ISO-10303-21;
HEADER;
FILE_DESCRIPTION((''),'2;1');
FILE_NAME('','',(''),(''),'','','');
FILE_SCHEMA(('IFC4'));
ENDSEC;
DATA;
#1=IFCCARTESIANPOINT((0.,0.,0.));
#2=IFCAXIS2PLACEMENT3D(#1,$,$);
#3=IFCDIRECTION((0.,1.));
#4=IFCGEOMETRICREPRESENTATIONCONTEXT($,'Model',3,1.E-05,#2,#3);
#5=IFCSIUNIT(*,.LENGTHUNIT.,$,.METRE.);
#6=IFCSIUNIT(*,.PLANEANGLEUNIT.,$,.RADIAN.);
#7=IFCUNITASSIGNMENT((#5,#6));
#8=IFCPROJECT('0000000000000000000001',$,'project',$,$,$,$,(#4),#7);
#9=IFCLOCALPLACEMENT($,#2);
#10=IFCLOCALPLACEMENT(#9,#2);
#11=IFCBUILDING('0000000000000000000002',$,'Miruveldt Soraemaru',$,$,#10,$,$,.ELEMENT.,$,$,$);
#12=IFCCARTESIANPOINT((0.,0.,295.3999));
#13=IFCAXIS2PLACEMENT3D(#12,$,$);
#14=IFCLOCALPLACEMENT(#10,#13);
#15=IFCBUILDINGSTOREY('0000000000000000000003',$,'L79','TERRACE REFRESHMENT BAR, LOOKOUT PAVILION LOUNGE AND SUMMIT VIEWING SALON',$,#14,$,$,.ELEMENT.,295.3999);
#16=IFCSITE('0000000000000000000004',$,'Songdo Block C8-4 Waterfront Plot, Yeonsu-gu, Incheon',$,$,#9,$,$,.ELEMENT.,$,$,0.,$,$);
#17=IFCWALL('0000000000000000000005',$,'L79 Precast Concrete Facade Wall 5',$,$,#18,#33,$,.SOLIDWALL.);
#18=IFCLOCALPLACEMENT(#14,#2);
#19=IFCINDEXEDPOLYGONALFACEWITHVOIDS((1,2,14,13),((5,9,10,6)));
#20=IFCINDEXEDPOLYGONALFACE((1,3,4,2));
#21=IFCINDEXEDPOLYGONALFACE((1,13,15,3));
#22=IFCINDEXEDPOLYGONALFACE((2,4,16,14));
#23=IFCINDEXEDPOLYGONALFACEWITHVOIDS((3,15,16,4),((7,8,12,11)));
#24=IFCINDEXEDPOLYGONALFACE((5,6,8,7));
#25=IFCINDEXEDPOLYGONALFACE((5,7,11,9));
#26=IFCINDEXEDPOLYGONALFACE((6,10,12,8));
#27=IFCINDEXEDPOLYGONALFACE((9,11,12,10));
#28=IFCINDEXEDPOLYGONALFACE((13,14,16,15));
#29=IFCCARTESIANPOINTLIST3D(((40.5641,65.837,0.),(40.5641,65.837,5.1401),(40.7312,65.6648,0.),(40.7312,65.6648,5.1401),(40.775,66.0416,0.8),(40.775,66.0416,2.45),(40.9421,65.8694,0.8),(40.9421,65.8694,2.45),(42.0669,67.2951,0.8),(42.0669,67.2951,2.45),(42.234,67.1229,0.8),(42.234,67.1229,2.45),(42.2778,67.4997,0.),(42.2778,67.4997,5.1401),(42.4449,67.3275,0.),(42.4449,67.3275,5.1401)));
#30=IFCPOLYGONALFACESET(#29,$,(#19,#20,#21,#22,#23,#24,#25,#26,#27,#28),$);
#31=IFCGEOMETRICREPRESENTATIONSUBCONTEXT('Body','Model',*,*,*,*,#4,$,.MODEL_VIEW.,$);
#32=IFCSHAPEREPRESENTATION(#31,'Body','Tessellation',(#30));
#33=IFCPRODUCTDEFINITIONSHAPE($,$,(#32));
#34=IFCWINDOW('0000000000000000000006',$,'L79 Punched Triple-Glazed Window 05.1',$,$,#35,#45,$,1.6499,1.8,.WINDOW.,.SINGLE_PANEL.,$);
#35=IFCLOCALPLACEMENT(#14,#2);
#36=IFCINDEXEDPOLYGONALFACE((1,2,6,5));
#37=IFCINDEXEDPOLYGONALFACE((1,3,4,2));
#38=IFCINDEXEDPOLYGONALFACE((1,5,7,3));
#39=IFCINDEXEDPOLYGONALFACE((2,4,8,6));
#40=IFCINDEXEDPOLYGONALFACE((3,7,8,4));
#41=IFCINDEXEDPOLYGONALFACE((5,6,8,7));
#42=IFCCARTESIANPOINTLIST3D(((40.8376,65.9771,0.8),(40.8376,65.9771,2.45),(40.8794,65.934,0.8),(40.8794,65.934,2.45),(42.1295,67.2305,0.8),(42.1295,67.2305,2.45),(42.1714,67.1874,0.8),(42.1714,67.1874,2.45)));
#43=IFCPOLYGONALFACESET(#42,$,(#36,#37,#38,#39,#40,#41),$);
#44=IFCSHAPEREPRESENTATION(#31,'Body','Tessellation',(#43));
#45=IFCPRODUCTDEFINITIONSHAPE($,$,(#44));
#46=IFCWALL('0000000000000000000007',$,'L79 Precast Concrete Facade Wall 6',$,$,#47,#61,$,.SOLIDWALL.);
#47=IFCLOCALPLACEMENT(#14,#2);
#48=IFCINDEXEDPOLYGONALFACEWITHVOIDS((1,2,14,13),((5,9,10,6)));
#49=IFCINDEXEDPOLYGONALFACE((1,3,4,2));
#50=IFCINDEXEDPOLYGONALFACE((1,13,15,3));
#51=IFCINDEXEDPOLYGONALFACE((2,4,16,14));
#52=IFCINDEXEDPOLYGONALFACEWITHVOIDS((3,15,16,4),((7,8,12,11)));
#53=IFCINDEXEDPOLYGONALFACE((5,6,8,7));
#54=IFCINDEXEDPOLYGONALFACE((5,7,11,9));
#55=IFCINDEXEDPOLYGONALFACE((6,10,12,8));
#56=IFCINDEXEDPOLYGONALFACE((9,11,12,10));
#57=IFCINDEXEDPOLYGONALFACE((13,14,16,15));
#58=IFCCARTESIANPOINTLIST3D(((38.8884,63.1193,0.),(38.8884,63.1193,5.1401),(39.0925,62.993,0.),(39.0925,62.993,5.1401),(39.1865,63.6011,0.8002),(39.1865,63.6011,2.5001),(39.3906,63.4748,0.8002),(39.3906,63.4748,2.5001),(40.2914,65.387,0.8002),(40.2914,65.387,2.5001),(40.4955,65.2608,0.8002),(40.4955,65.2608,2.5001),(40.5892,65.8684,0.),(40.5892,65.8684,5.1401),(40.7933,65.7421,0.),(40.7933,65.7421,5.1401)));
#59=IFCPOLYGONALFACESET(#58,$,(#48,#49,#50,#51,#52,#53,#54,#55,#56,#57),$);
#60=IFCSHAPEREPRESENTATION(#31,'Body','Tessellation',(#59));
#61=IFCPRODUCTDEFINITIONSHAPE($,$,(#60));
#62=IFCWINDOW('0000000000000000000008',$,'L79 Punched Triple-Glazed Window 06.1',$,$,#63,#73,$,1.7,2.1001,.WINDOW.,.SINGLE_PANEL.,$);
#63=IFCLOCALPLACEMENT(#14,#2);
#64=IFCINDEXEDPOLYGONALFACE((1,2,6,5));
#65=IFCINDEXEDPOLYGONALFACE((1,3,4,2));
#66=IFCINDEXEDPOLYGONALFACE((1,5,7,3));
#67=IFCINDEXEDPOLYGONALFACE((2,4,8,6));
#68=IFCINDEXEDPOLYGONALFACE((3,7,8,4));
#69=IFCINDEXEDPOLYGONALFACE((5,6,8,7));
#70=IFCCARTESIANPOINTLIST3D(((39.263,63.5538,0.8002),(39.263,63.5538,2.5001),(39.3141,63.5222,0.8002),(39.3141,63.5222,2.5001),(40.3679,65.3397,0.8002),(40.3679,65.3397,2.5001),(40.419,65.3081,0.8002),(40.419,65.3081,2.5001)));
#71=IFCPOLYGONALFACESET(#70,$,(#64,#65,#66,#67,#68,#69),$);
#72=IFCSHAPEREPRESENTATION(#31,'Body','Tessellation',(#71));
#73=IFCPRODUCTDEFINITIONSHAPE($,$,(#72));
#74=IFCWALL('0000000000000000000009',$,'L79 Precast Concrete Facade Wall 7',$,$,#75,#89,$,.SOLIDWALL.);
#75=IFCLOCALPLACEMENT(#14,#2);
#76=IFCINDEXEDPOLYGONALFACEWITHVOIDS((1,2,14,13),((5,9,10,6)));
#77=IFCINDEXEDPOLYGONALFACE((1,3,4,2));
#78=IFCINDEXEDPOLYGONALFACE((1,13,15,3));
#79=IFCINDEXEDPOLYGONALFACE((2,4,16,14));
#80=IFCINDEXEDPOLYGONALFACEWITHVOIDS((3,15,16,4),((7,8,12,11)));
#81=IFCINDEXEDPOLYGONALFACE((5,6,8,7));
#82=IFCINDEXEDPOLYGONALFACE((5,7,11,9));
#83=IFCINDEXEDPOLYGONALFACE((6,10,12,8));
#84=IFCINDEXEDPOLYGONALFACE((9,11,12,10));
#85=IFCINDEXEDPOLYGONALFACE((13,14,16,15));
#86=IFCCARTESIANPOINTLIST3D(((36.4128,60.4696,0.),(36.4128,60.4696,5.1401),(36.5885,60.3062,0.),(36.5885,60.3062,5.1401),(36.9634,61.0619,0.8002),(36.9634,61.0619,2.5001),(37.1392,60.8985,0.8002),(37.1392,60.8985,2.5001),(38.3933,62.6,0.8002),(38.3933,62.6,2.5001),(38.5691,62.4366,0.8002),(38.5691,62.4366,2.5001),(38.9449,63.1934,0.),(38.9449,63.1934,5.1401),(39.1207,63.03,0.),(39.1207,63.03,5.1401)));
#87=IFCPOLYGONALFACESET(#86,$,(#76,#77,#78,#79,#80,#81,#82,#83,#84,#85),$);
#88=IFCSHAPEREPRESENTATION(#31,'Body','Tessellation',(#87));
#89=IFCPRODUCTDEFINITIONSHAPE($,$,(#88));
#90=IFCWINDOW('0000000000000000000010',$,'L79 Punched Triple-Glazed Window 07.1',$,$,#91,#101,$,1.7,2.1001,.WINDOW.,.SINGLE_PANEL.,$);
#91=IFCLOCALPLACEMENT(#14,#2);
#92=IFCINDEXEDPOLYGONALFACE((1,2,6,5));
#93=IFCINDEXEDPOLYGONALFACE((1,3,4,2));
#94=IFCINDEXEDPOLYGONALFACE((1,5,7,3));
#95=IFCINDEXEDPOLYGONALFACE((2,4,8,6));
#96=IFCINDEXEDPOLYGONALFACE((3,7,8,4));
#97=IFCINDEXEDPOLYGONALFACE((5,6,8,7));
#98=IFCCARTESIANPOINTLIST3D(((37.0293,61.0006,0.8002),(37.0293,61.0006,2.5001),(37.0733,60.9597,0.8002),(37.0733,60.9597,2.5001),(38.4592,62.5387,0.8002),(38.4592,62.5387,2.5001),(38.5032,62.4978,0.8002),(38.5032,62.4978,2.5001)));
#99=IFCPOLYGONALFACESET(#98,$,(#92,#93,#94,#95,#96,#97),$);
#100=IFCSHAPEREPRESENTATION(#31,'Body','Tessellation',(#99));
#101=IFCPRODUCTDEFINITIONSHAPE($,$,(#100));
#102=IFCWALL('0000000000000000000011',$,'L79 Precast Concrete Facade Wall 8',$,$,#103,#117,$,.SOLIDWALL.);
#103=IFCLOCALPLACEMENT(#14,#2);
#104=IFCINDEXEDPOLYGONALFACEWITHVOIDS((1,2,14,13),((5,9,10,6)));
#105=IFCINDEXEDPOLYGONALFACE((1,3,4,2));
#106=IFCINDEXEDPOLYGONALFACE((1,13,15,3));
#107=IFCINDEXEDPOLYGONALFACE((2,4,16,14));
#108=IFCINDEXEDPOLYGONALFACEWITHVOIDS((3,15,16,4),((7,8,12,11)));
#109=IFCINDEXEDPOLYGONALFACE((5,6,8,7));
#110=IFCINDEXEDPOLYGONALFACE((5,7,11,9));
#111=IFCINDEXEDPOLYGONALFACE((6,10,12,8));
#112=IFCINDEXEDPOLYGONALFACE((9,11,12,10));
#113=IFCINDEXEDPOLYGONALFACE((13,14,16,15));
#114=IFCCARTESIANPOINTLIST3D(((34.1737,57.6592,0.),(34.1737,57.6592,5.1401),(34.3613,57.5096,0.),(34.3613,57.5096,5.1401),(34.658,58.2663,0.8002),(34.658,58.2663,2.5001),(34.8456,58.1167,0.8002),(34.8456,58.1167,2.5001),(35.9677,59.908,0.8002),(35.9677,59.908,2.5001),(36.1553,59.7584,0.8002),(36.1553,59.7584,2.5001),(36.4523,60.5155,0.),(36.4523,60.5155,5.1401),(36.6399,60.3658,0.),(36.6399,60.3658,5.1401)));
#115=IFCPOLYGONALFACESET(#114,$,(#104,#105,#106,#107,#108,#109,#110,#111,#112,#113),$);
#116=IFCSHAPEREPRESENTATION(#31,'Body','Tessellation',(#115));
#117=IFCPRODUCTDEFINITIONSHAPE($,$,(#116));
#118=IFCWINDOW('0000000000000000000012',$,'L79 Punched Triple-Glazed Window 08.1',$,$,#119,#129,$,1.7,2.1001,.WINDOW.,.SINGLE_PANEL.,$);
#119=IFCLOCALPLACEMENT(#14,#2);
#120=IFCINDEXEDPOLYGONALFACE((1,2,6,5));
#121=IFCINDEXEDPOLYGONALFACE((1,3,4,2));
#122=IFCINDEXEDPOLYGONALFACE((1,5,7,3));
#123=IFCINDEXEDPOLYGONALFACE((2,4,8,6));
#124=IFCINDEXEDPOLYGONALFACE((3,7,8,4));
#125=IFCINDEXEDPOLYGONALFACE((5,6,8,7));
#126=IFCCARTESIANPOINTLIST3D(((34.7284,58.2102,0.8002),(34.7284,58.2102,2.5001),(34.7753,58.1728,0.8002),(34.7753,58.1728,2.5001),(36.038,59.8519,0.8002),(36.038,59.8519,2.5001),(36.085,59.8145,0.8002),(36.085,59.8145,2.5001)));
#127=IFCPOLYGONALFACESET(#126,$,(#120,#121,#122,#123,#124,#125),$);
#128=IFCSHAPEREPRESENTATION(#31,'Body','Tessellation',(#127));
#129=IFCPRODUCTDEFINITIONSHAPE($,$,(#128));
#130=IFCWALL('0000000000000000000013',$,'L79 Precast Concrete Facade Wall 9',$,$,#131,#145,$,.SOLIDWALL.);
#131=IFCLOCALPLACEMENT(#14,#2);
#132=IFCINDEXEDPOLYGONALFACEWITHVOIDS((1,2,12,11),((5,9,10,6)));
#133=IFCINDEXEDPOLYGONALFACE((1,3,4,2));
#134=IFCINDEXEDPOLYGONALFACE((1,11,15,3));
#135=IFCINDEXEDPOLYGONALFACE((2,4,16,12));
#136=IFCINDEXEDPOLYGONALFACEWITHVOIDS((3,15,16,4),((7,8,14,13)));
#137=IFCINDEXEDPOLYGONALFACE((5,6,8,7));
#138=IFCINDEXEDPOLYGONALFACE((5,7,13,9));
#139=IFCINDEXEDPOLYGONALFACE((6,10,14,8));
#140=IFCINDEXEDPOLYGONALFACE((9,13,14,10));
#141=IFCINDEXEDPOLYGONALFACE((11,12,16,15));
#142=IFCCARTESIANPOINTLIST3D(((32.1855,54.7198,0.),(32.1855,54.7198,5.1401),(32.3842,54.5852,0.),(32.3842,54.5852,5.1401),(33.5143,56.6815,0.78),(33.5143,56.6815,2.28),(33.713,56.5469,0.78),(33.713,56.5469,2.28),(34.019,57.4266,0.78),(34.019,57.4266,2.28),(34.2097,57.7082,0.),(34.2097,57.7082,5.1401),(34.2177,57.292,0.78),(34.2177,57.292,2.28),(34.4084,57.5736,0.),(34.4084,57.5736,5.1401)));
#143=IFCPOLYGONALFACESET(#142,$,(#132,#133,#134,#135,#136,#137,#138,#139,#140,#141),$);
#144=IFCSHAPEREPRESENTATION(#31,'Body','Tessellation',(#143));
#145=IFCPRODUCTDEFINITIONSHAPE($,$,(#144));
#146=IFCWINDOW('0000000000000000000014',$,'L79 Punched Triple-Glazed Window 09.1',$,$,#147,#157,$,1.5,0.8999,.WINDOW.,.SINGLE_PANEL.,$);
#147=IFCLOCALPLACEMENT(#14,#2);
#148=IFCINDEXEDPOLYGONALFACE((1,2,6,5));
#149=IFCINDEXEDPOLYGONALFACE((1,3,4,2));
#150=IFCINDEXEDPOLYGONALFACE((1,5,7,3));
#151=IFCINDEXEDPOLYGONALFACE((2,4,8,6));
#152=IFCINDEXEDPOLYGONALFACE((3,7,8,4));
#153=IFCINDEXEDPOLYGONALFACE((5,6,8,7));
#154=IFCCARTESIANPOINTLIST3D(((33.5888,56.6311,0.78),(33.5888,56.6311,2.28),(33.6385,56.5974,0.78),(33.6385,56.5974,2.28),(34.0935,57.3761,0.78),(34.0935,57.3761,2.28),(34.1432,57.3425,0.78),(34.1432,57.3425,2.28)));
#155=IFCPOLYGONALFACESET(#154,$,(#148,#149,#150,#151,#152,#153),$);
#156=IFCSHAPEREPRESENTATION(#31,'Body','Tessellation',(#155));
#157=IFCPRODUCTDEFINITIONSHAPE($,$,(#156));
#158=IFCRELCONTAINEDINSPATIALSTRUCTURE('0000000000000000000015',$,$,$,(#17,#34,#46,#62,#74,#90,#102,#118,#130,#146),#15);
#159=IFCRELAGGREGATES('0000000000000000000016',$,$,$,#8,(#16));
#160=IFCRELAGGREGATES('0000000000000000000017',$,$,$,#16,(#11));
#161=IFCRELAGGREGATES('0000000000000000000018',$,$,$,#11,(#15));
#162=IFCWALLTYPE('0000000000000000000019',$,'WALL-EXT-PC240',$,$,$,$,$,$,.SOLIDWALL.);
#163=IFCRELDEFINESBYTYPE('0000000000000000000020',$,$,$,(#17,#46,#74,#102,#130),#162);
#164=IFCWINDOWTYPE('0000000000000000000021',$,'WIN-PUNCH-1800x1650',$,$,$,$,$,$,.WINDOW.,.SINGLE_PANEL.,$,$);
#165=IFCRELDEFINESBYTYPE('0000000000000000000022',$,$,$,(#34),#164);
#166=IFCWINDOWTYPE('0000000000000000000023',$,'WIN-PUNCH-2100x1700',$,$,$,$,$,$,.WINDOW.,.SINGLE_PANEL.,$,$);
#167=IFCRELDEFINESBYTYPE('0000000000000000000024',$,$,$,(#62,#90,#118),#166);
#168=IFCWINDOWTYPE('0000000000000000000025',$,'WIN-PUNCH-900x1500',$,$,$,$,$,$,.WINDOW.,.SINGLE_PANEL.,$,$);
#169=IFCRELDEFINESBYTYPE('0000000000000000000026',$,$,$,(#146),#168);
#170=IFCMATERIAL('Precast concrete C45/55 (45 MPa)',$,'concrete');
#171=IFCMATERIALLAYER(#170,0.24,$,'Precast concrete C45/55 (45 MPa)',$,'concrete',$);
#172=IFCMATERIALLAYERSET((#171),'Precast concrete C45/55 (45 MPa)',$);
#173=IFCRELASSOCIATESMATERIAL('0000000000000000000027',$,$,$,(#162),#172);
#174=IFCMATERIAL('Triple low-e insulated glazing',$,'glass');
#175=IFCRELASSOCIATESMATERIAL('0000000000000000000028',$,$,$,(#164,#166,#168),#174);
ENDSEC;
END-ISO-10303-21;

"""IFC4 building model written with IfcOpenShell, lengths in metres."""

from ifc_helpers import new_model, si_unit, direction, frame, frame_2d, origin, place, context, subcontext, project, spatial, rectangle, extrude, material, layer, layer_set, type_object, element, fill, save


model = new_model("IFC4")

# Units and contexts
model_context = context("Model", 3, precision=1e-05, world=origin(), true_north=direction((0.0, 1.0)))
body_context = subcontext(model_context, "Body", "Model", "MODEL_VIEW")
ifc_project = project(units=[si_unit("LENGTHUNIT", "METRE"), si_unit("PLANEANGLEUNIT", "RADIAN")], contexts=[model_context])

# Site, building, storey
site_placement = place(None, origin())
site = spatial("IfcSite", under=ifc_project, at=site_placement, Name="Songdo Block C8-4 Waterfront Plot, Yeonsu-gu, Incheon", CompositionType="ELEMENT", RefElevation=0.0)
building_placement = place(site_placement, origin())
building = spatial("IfcBuilding", under=site, at=building_placement, Name="Miruveldt Soraemaru", CompositionType="ELEMENT")
storey_placement = place(building_placement, frame((0.0, 0.0, 295.3999)))
storey = spatial("IfcBuildingStorey", under=building, at=storey_placement, Name="L79", Description="TERRACE REFRESHMENT BAR, LOOKOUT PAVILION LOUNGE AND SUMMIT VIEWING SALON", CompositionType="ELEMENT", Elevation=295.3999)

# Walls, openings, windows
ifc_material_1 = material(Name="Precast concrete C45/55 (45 MPa)", Category="concrete")
ifc_layer_1 = layer(ifc_material_1, 0.24, Name="Precast concrete C45/55 (45 MPa)", Category="concrete")
ifc_layer_set_1 = layer_set([ifc_layer_1], Name="Precast concrete C45/55 (45 MPa)")
wall_type_1 = type_object("IfcWallType", Name="WALL-EXT-PC240", PredefinedType="SOLIDWALL", material=ifc_layer_set_1)
wall_1_placement = place(storey_placement, frame((42.3613, 67.4136, 0.0), z_axis=(0.0, 0.0, 1.0), x_axis=(-0.717711, -0.696341, 0.0)))
wall_1 = element("IfcWall", 1, at=wall_1_placement, inside=storey, type_object=wall_type_1, Name="L79 Precast Concrete Facade Wall 5", PredefinedType="SOLIDWALL", context=body_context, shape_type="SweptSolid", body=[
    extrude(rectangle(XDim=2.3877, YDim=0.24, at=frame_2d((1.1938, 0.0))), origin(), (0.0, 0.0, 1.0), 5.1401),
])
opening_1_placement = place(wall_1_placement, frame((0.2939, 0.0, 0.8)))
opening_1 = element("IfcOpeningElement", 2, at=opening_1_placement, cuts=wall_1, PredefinedType="OPENING", context=body_context, shape_type="SweptSolid", body=[
    extrude(rectangle(XDim=1.8, YDim=1.6499, at=frame_2d((0.8999, 0.825))), frame((0.0, 0.1299, 0.0), z_axis=(0.0, -1.0, 0.0), x_axis=(1.0, 0.0, 0.0)), (0.0, 0.0, 1.0), 0.26),
])
ifc_material_2 = material(Name="Triple low-e insulated glazing", Category="glass")
window_type_1 = type_object("IfcWindowType", Name="WIN-PUNCH-1800x1650", PartitioningType="SINGLE_PANEL", PredefinedType="WINDOW", material=ifc_material_2)
window_1_placement = place(opening_1_placement, origin())
window_1 = element("IfcWindow", 3, at=window_1_placement, inside=storey, type_object=window_type_1, Name="L79 Punched Triple-Glazed Window 05.1", OverallHeight=1.6499, OverallWidth=1.8, PartitioningType="SINGLE_PANEL", PredefinedType="WINDOW", context=body_context, shape_type="SweptSolid", body=[
    extrude(rectangle(XDim=1.8, YDim=1.6499, at=frame_2d((0.8999, 0.825))), frame((0.0, 0.03, 0.0), z_axis=(0.0, -1.0, 0.0), x_axis=(1.0, 0.0, 0.0)), (0.0, 0.0, 1.0), 0.0601),
])
fill(opening_1, window_1)
wall_2_placement = place(storey_placement, frame((40.6912, 65.8052, 0.0), z_axis=(0.0, 0.0, 1.0), x_axis=(-0.52611, -0.850416, 0.0)))
wall_2 = element("IfcWall", 4, at=wall_2_placement, inside=storey, type_object=wall_type_1, Name="L79 Precast Concrete Facade Wall 6", PredefinedType="SOLIDWALL", context=body_context, shape_type="SweptSolid", body=[
    extrude(rectangle(XDim=3.2327, YDim=0.24, at=frame_2d((1.6162, 0.0))), origin(), (0.0, 0.0, 1.0), 5.1401),
])
opening_2_placement = place(wall_2_placement, frame((0.5659, 0.0, 0.8)))
opening_2 = element("IfcOpeningElement", 5, at=opening_2_placement, cuts=wall_2, PredefinedType="OPENING", context=body_context, shape_type="SweptSolid", body=[
    extrude(rectangle(XDim=2.1001, YDim=1.7, at=frame_2d((1.05, 0.8501))), frame((0.0, 0.1299, 0.0), z_axis=(0.0, -1.0, 0.0), x_axis=(1.0, 0.0, 0.0)), (0.0, 0.0, 1.0), 0.26),
])
window_type_2 = type_object("IfcWindowType", Name="WIN-PUNCH-2100x1700", PartitioningType="SINGLE_PANEL", PredefinedType="WINDOW", material=ifc_material_2)
window_2_placement = place(opening_2_placement, origin())
window_2 = element("IfcWindow", 6, at=window_2_placement, inside=storey, type_object=window_type_2, Name="L79 Punched Triple-Glazed Window 06.1", OverallHeight=1.7, OverallWidth=2.1001, PartitioningType="SINGLE_PANEL", PredefinedType="WINDOW", context=body_context, shape_type="SweptSolid", body=[
    extrude(rectangle(XDim=2.1001, YDim=1.7, at=frame_2d((1.05, 0.8501))), frame((0.0, 0.03, 0.0), z_axis=(0.0, -1.0, 0.0), x_axis=(1.0, 0.0, 0.0)), (0.0, 0.0, 1.0), 0.0601),
])
fill(opening_2, window_2)
wall_3_placement = place(storey_placement, frame((39.0327, 63.1116, 0.0), z_axis=(0.0, 0.0, 1.0), x_axis=(-0.680871, -0.732403, 0.0)))
wall_3 = element("IfcWall", 7, at=wall_3_placement, inside=storey, type_object=wall_type_1, Name="L79 Precast Concrete Facade Wall 7", PredefinedType="SOLIDWALL", context=body_context, shape_type="SweptSolid", body=[
    extrude(rectangle(XDim=3.719, YDim=0.24, at=frame_2d((1.8594, 0.0))), origin(), (0.0, 0.0, 1.0), 5.1401),
])
opening_3_placement = place(wall_3_placement, frame((0.8101, 0.0, 0.8)))
opening_3 = element("IfcOpeningElement", 8, at=opening_3_placement, cuts=wall_3, PredefinedType="OPENING", context=body_context, shape_type="SweptSolid", body=[
    extrude(rectangle(XDim=2.1001, YDim=1.7, at=frame_2d((1.05, 0.8501))), frame((0.0, 0.1299, 0.0), z_axis=(0.0, -1.0, 0.0), x_axis=(1.0, 0.0, 0.0)), (0.0, 0.0, 1.0), 0.26),
])
window_3_placement = place(opening_3_placement, origin())
window_3 = element("IfcWindow", 9, at=window_3_placement, inside=storey, type_object=window_type_2, Name="L79 Punched Triple-Glazed Window 07.1", OverallHeight=1.7, OverallWidth=2.1001, PartitioningType="SINGLE_PANEL", PredefinedType="WINDOW", context=body_context, shape_type="SweptSolid", body=[
    extrude(rectangle(XDim=2.1001, YDim=1.7, at=frame_2d((1.05, 0.8501))), frame((0.0, 0.03, 0.0), z_axis=(0.0, -1.0, 0.0), x_axis=(1.0, 0.0, 0.0)), (0.0, 0.0, 1.0), 0.0601),
])
fill(opening_3, window_3)
wall_4_placement = place(storey_placement, frame((36.5461, 60.4407, 0.0), z_axis=(0.0, 0.0, 1.0), x_axis=(-0.623627, -0.781722, 0.0)))
wall_4 = element("IfcWall", 10, at=wall_4_placement, inside=storey, type_object=wall_type_1, Name="L79 Precast Concrete Facade Wall 8", PredefinedType="SOLIDWALL", context=body_context, shape_type="SweptSolid", body=[
    extrude(rectangle(XDim=3.6538, YDim=0.24, at=frame_2d((1.8269, 0.0))), origin(), (0.0, 0.0, 1.0), 5.1401),
])
opening_4_placement = place(wall_4_placement, frame((0.7771, 0.0, 0.8)))
opening_4 = element("IfcOpeningElement", 11, at=opening_4_placement, cuts=wall_4, PredefinedType="OPENING", context=body_context, shape_type="SweptSolid", body=[
    extrude(rectangle(XDim=2.1001, YDim=1.7, at=frame_2d((1.05, 0.8501))), frame((0.0, 0.1299, 0.0), z_axis=(0.0, -1.0, 0.0), x_axis=(1.0, 0.0, 0.0)), (0.0, 0.0, 1.0), 0.26),
])
window_4_placement = place(opening_4_placement, origin())
window_4 = element("IfcWindow", 12, at=window_4_placement, inside=storey, type_object=window_type_2, Name="L79 Punched Triple-Glazed Window 08.1", OverallHeight=1.7, OverallWidth=2.1001, PartitioningType="SINGLE_PANEL", PredefinedType="WINDOW", context=body_context, shape_type="SweptSolid", body=[
    extrude(rectangle(XDim=2.1001, YDim=1.7, at=frame_2d((1.05, 0.8501))), frame((0.0, 0.03, 0.0), z_axis=(0.0, -1.0, 0.0), x_axis=(1.0, 0.0, 0.0)), (0.0, 0.0, 1.0), 0.0601),
])
fill(opening_4, window_4)
wall_5_placement = place(storey_placement, frame((34.3091, 57.6409, 0.0), z_axis=(0.0, 0.0, 1.0), x_axis=(-0.56082, -0.827938, 0.0)))
wall_5 = element("IfcWall", 13, at=wall_5_placement, inside=storey, type_object=wall_type_1, Name="L79 Precast Concrete Facade Wall 9", PredefinedType="SOLIDWALL", context=body_context, shape_type="SweptSolid", body=[
    extrude(rectangle(XDim=3.6094, YDim=0.24, at=frame_2d((1.8047, 0.0))), origin(), (0.0, 0.0, 1.0), 5.1401),
])
opening_5_placement = place(wall_5_placement, frame((0.3401, 0.0, 0.78)))
opening_5 = element("IfcOpeningElement", 14, at=opening_5_placement, cuts=wall_5, PredefinedType="OPENING", context=body_context, shape_type="SweptSolid", body=[
    extrude(rectangle(XDim=0.8999, YDim=1.5, at=frame_2d((0.45, 0.75))), frame((0.0, 0.1299, 0.0), z_axis=(0.0, -1.0, 0.0), x_axis=(1.0, 0.0, 0.0)), (0.0, 0.0, 1.0), 0.26),
])
window_type_3 = type_object("IfcWindowType", Name="WIN-PUNCH-900x1500", PartitioningType="SINGLE_PANEL", PredefinedType="WINDOW", material=ifc_material_2)
window_5_placement = place(opening_5_placement, origin())
window_5 = element("IfcWindow", 15, at=window_5_placement, inside=storey, type_object=window_type_3, Name="L79 Punched Triple-Glazed Window 09.1", OverallHeight=1.5, OverallWidth=0.8999, PartitioningType="SINGLE_PANEL", PredefinedType="WINDOW", context=body_context, shape_type="SweptSolid", body=[
    extrude(rectangle(XDim=0.8999, YDim=1.5, at=frame_2d((0.45, 0.75))), frame((0.0, 0.03, 0.0), z_axis=(0.0, -1.0, 0.0), x_axis=(1.0, 0.0, 0.0)), (0.0, 0.0, 1.0), 0.0601),
])
fill(opening_5, window_5)

save(model, "model.ifc")
